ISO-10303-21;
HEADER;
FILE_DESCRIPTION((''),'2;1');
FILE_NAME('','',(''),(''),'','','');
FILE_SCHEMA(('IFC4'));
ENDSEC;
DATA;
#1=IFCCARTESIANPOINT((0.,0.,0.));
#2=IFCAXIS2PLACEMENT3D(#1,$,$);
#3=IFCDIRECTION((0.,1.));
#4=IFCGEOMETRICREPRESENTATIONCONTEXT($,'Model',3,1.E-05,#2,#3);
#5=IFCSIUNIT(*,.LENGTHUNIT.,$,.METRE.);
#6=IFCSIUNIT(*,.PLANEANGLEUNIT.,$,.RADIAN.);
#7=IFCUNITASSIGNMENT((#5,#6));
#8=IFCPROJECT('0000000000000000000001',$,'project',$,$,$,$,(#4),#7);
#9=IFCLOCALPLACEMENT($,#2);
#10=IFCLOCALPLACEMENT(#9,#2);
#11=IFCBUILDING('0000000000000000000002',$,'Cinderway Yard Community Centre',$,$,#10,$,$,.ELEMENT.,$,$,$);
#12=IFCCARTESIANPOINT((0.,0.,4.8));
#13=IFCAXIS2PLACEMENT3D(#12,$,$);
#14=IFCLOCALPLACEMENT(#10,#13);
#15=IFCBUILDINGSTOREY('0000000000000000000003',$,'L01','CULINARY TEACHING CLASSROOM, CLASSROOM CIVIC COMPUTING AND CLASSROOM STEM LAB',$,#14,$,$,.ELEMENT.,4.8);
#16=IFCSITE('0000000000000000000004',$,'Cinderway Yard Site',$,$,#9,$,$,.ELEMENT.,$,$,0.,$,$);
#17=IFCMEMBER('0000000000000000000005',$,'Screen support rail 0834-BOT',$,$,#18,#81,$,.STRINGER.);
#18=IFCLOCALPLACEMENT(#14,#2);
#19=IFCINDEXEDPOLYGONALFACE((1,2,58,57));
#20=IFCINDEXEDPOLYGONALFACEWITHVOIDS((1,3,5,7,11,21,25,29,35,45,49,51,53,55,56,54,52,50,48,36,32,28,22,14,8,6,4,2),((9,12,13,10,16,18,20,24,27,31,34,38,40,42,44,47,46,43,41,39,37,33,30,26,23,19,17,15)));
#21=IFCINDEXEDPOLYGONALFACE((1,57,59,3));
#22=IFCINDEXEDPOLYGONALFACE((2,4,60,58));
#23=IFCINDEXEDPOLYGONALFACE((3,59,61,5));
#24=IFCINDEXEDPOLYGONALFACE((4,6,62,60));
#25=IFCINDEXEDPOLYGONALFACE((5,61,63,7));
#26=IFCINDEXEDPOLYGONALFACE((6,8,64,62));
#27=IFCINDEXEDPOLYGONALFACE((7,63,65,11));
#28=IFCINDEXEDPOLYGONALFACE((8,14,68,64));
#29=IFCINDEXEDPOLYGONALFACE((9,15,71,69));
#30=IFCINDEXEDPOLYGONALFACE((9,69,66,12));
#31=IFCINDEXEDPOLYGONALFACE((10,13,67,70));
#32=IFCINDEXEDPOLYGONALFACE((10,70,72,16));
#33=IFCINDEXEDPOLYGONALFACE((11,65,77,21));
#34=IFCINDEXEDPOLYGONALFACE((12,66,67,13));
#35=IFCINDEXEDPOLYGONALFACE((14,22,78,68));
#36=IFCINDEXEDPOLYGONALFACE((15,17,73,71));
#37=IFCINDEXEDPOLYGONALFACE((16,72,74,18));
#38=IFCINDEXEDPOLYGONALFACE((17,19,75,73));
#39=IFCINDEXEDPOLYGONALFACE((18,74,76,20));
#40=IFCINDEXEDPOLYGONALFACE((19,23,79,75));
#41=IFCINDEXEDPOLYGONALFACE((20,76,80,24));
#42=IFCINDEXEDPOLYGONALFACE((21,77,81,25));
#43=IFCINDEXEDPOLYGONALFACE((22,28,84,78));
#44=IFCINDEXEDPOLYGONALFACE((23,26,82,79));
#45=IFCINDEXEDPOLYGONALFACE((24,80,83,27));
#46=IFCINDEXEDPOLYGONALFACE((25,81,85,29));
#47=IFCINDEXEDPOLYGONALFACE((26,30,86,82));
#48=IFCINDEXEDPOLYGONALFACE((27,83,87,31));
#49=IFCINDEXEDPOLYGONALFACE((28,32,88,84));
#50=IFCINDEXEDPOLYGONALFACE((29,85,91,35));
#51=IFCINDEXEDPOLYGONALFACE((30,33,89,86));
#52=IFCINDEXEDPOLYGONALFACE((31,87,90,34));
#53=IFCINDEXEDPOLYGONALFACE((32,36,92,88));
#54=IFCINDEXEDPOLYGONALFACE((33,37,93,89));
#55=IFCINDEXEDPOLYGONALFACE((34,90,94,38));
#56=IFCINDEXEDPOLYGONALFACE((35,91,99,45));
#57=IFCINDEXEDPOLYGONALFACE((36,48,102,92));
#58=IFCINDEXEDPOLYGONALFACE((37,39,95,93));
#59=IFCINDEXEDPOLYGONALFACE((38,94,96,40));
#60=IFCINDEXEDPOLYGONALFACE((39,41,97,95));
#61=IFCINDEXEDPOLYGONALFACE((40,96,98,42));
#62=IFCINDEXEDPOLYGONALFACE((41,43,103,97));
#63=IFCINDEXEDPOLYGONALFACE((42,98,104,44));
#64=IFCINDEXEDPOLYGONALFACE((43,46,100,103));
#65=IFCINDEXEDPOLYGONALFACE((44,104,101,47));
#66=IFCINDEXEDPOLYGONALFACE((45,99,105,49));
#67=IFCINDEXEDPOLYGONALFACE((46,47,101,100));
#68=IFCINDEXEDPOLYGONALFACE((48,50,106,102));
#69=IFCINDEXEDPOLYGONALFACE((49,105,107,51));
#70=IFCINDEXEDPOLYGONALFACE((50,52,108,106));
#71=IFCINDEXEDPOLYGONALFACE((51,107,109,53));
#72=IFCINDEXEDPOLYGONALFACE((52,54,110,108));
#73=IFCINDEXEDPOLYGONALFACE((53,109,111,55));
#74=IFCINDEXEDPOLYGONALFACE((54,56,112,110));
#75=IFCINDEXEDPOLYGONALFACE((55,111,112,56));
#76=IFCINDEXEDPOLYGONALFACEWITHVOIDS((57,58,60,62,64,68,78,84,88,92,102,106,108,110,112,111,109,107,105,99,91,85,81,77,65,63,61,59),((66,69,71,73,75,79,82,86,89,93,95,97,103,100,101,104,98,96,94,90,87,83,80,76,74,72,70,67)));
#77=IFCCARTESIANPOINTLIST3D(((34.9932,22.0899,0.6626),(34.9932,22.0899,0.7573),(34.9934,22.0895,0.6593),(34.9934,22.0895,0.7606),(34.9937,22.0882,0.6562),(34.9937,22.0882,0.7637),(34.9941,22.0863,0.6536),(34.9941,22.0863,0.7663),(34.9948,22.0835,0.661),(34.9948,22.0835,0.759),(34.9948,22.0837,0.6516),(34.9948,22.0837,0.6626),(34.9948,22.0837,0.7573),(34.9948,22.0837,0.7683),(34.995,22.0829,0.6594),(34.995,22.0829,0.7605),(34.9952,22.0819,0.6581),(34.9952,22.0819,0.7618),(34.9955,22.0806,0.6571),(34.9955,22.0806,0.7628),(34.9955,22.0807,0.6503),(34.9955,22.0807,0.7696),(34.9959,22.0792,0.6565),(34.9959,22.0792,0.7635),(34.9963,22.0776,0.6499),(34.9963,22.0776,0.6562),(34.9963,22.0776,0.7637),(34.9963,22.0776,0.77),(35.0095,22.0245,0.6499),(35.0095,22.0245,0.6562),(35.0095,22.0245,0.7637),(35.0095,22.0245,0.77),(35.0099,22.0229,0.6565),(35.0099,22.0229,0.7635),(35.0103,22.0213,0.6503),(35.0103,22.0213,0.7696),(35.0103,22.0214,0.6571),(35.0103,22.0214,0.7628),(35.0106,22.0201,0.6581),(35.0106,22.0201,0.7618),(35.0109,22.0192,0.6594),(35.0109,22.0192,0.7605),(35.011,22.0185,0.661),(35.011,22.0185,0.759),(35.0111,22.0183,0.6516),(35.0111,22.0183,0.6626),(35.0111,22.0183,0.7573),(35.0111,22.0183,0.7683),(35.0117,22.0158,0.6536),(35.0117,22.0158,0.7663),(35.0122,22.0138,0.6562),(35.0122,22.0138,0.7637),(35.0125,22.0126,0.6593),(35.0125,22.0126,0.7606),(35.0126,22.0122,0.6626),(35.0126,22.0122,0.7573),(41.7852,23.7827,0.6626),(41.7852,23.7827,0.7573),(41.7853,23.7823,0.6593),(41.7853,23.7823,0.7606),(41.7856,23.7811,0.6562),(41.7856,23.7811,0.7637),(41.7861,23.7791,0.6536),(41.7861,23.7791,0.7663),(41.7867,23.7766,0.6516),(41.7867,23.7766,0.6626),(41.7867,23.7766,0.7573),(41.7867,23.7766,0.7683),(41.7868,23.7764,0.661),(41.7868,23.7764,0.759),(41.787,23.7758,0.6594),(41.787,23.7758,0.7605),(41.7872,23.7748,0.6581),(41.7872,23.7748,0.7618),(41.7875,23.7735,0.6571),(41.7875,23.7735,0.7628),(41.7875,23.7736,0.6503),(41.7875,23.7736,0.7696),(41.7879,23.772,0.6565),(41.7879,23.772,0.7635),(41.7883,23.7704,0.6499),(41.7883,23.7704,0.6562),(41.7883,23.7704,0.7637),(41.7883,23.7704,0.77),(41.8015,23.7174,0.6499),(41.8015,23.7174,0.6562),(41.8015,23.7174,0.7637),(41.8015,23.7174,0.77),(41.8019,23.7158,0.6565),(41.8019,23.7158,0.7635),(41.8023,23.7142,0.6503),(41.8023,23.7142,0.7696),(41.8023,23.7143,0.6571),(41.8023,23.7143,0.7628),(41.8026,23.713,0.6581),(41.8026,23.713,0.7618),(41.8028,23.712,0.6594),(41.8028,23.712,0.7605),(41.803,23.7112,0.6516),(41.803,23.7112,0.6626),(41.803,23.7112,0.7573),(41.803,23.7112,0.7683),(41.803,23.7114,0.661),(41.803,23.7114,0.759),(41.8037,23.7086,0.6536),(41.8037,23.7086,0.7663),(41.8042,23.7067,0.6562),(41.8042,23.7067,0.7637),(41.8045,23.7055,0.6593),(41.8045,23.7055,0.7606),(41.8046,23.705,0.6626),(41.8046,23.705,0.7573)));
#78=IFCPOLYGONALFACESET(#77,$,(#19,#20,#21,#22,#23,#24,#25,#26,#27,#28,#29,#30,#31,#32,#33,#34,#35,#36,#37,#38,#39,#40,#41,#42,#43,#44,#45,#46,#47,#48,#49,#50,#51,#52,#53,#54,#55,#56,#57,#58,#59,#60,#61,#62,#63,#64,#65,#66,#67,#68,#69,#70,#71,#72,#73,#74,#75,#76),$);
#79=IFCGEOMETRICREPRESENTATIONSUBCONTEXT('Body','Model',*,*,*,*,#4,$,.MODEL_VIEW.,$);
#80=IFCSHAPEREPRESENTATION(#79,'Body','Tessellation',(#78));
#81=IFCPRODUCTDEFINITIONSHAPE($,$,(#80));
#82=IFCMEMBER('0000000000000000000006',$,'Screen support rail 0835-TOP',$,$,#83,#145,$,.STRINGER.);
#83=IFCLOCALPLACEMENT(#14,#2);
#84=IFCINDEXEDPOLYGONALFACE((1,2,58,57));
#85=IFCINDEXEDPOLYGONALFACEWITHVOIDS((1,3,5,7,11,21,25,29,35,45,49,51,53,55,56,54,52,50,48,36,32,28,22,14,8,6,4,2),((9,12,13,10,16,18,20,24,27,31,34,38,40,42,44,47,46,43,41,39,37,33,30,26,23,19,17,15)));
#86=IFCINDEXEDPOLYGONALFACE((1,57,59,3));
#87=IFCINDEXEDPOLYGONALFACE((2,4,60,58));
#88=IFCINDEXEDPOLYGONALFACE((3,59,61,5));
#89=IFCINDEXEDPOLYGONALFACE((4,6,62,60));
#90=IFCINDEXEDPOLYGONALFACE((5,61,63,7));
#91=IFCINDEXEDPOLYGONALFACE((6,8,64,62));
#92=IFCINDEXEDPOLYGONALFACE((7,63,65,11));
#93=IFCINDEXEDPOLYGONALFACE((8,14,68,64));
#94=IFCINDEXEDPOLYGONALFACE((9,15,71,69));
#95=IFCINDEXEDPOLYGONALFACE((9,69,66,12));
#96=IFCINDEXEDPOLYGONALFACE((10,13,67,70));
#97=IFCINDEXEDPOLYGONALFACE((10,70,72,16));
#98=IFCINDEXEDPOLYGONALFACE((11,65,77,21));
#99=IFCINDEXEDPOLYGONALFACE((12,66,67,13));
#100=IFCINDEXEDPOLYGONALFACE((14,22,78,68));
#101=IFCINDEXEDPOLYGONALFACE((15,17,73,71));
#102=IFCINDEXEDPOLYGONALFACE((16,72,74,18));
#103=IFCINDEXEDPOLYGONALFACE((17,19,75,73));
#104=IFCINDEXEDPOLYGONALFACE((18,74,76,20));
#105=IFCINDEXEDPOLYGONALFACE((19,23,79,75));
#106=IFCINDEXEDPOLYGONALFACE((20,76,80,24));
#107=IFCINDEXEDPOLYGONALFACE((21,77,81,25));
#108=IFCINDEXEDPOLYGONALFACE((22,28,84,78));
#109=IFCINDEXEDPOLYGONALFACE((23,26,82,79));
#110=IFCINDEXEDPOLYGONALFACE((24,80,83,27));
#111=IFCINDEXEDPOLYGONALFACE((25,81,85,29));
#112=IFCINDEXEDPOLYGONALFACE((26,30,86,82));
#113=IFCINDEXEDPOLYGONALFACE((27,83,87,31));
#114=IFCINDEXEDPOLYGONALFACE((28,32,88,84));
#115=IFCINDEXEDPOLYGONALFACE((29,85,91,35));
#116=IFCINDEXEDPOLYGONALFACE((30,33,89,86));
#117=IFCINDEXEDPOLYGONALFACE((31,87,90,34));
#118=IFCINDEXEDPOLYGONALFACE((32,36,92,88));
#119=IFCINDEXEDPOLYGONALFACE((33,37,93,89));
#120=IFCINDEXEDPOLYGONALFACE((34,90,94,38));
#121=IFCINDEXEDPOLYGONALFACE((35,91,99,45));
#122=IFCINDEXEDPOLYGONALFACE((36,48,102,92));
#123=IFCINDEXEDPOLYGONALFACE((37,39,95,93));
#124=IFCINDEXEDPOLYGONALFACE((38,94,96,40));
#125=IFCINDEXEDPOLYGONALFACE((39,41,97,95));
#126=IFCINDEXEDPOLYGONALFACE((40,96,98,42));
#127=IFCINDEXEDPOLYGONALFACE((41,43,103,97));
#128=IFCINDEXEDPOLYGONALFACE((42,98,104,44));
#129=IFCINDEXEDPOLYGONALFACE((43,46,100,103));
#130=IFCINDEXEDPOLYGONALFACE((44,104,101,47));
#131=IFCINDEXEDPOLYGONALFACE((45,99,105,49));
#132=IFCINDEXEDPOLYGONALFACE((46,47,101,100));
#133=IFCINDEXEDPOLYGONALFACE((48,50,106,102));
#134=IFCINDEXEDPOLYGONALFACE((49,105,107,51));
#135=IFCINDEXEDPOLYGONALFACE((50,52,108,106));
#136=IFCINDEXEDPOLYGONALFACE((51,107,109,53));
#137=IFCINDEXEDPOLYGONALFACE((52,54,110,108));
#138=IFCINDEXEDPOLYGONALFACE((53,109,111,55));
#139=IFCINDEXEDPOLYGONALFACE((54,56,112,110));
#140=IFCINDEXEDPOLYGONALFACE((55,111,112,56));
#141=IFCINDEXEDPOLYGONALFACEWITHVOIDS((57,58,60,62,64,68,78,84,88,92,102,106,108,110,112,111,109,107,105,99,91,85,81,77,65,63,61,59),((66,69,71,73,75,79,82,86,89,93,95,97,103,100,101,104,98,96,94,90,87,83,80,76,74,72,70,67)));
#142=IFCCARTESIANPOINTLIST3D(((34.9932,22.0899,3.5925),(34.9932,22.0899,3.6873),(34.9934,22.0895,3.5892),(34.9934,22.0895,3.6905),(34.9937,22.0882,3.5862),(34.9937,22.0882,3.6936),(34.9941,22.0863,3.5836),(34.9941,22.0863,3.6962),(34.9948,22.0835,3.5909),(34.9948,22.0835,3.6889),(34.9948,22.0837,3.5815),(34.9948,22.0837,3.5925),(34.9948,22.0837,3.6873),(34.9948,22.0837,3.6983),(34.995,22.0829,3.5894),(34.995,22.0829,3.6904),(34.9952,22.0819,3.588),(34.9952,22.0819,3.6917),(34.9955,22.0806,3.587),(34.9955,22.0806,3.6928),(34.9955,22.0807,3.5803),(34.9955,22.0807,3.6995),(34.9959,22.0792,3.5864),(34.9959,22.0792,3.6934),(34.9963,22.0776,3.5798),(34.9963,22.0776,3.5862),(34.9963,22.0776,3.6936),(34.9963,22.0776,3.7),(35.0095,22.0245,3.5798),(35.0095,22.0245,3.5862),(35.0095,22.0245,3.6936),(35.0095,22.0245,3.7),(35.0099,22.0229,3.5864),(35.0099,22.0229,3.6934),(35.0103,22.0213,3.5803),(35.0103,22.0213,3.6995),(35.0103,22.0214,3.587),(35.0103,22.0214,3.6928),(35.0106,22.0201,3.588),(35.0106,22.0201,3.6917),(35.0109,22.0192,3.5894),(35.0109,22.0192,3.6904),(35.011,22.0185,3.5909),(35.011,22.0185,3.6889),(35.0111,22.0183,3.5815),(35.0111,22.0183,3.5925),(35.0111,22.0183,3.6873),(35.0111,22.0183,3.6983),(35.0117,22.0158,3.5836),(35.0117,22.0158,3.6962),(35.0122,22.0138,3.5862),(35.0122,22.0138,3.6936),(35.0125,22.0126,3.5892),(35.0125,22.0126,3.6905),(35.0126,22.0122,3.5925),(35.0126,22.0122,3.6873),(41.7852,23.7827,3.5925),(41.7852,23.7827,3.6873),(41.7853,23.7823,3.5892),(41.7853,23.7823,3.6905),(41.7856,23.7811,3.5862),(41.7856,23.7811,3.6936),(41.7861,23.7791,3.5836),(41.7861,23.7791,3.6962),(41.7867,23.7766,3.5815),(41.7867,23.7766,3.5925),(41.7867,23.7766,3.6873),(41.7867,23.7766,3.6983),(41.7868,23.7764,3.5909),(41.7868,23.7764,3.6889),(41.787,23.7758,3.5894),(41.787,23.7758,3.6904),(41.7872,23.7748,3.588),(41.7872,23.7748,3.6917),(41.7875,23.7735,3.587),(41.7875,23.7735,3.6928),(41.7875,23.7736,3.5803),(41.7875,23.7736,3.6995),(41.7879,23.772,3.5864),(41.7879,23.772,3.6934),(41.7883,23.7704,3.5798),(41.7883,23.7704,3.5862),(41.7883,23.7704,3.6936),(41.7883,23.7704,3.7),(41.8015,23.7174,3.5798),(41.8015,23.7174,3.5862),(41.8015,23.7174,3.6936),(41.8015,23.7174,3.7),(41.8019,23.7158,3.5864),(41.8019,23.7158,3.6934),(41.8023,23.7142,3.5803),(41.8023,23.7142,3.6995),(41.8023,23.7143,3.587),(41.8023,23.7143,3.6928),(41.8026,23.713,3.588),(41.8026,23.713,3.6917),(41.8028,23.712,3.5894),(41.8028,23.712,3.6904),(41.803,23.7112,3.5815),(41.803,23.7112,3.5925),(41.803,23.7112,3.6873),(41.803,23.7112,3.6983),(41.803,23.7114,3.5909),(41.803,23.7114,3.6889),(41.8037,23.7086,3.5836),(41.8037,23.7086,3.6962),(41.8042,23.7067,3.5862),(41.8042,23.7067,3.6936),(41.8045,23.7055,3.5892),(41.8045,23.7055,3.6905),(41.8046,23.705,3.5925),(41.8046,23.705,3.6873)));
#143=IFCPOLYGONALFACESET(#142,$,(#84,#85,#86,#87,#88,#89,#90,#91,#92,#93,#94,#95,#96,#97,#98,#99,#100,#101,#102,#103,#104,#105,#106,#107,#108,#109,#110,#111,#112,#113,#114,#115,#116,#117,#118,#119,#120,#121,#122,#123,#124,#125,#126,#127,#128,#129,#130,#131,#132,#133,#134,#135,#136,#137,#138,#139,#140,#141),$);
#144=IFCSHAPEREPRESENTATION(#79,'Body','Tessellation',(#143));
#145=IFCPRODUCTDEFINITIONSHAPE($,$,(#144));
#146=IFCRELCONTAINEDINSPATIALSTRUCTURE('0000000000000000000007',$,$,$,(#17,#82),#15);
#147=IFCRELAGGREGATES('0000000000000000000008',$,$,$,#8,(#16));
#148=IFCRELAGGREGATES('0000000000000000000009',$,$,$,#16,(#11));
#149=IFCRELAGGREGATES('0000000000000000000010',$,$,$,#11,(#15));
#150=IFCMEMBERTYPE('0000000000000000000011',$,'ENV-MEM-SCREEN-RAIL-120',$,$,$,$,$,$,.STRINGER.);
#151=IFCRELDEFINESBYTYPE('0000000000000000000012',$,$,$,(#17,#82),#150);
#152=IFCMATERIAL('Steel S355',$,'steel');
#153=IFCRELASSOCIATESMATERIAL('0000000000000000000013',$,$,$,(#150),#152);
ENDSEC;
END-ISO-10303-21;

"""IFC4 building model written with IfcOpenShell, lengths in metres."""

from ifc_helpers import new_model, si_unit, direction, frame, origin, origin_2d, place, context, subcontext, project, spatial, hollow_rectangle, extrude, material, material_profile, profile_set, type_object, element, save


model = new_model("IFC4")

# Units and contexts
model_context = context("Model", 3, precision=1e-05, world=origin(), true_north=direction((0.0, 1.0)))
body_context = subcontext(model_context, "Body", "Model", "MODEL_VIEW")
ifc_project = project(units=[si_unit("LENGTHUNIT", "METRE"), si_unit("PLANEANGLEUNIT", "RADIAN")], contexts=[model_context])

# Site, building, storey
site_placement = place(None, origin())
site = spatial("IfcSite", under=ifc_project, at=site_placement, Name="Cinderway Yard Site", CompositionType="ELEMENT", RefElevation=0.0)
building_placement = place(site_placement, origin())
building = spatial("IfcBuilding", under=site, at=building_placement, Name="Cinderway Yard Community Centre", CompositionType="ELEMENT")
storey_placement = place(building_placement, frame((0.0, 0.0, 4.8)))
storey = spatial("IfcBuildingStorey", under=building, at=storey_placement, Name="L01", Description="CULINARY TEACHING CLASSROOM, CLASSROOM CIVIC COMPUTING AND CLASSROOM STEM LAB", CompositionType="ELEMENT", Elevation=4.8)

# Members
ifc_material_1 = material(Name="Steel S355", Category="steel")
ifc_material_profile_1 = material_profile(ifc_material_1, hollow_rectangle(XDim=0.0801, YDim=0.1201, WallThickness=0.0063, InnerFilletRadius=0.0063, OuterFilletRadius=0.0127, at=origin_2d()), Name="Steel S355")
ifc_profile_set_1 = profile_set([ifc_material_profile_1], Name="Steel S355")
member_type_1 = type_object("IfcMemberType", Name="ENV-MEM-SCREEN-RAIL-120", PredefinedType="STRINGER", material=ifc_profile_set_1)
for number, where, z_axis, x_axis, name in (
    (1, (35.0029, 22.051, 0.71), (0.970315, 0.241846, 0.0), (-0.241846, 0.970315, 0.0), "Screen support rail 0834-BOT"),
    (2, (35.0029, 22.051, 3.6399), (0.970315, 0.241846, 0.0), (-0.241846, 0.970315, 0.0), "Screen support rail 0835-TOP"),
):
    element("IfcMember", number, at=place(storey_placement, frame(where, z_axis=z_axis, x_axis=x_axis)), inside=storey, type_object=member_type_1, Name=name, PredefinedType="STRINGER", context=body_context, shape_type="SweptSolid", body=[
        extrude(hollow_rectangle(XDim=0.0801, YDim=0.1201, WallThickness=0.0063, InnerFilletRadius=0.0063, OuterFilletRadius=0.0127, at=origin_2d()), origin(), (0.0, 0.0, 1.0), 6.9998),
    ])

save(model, "model.ifc")
